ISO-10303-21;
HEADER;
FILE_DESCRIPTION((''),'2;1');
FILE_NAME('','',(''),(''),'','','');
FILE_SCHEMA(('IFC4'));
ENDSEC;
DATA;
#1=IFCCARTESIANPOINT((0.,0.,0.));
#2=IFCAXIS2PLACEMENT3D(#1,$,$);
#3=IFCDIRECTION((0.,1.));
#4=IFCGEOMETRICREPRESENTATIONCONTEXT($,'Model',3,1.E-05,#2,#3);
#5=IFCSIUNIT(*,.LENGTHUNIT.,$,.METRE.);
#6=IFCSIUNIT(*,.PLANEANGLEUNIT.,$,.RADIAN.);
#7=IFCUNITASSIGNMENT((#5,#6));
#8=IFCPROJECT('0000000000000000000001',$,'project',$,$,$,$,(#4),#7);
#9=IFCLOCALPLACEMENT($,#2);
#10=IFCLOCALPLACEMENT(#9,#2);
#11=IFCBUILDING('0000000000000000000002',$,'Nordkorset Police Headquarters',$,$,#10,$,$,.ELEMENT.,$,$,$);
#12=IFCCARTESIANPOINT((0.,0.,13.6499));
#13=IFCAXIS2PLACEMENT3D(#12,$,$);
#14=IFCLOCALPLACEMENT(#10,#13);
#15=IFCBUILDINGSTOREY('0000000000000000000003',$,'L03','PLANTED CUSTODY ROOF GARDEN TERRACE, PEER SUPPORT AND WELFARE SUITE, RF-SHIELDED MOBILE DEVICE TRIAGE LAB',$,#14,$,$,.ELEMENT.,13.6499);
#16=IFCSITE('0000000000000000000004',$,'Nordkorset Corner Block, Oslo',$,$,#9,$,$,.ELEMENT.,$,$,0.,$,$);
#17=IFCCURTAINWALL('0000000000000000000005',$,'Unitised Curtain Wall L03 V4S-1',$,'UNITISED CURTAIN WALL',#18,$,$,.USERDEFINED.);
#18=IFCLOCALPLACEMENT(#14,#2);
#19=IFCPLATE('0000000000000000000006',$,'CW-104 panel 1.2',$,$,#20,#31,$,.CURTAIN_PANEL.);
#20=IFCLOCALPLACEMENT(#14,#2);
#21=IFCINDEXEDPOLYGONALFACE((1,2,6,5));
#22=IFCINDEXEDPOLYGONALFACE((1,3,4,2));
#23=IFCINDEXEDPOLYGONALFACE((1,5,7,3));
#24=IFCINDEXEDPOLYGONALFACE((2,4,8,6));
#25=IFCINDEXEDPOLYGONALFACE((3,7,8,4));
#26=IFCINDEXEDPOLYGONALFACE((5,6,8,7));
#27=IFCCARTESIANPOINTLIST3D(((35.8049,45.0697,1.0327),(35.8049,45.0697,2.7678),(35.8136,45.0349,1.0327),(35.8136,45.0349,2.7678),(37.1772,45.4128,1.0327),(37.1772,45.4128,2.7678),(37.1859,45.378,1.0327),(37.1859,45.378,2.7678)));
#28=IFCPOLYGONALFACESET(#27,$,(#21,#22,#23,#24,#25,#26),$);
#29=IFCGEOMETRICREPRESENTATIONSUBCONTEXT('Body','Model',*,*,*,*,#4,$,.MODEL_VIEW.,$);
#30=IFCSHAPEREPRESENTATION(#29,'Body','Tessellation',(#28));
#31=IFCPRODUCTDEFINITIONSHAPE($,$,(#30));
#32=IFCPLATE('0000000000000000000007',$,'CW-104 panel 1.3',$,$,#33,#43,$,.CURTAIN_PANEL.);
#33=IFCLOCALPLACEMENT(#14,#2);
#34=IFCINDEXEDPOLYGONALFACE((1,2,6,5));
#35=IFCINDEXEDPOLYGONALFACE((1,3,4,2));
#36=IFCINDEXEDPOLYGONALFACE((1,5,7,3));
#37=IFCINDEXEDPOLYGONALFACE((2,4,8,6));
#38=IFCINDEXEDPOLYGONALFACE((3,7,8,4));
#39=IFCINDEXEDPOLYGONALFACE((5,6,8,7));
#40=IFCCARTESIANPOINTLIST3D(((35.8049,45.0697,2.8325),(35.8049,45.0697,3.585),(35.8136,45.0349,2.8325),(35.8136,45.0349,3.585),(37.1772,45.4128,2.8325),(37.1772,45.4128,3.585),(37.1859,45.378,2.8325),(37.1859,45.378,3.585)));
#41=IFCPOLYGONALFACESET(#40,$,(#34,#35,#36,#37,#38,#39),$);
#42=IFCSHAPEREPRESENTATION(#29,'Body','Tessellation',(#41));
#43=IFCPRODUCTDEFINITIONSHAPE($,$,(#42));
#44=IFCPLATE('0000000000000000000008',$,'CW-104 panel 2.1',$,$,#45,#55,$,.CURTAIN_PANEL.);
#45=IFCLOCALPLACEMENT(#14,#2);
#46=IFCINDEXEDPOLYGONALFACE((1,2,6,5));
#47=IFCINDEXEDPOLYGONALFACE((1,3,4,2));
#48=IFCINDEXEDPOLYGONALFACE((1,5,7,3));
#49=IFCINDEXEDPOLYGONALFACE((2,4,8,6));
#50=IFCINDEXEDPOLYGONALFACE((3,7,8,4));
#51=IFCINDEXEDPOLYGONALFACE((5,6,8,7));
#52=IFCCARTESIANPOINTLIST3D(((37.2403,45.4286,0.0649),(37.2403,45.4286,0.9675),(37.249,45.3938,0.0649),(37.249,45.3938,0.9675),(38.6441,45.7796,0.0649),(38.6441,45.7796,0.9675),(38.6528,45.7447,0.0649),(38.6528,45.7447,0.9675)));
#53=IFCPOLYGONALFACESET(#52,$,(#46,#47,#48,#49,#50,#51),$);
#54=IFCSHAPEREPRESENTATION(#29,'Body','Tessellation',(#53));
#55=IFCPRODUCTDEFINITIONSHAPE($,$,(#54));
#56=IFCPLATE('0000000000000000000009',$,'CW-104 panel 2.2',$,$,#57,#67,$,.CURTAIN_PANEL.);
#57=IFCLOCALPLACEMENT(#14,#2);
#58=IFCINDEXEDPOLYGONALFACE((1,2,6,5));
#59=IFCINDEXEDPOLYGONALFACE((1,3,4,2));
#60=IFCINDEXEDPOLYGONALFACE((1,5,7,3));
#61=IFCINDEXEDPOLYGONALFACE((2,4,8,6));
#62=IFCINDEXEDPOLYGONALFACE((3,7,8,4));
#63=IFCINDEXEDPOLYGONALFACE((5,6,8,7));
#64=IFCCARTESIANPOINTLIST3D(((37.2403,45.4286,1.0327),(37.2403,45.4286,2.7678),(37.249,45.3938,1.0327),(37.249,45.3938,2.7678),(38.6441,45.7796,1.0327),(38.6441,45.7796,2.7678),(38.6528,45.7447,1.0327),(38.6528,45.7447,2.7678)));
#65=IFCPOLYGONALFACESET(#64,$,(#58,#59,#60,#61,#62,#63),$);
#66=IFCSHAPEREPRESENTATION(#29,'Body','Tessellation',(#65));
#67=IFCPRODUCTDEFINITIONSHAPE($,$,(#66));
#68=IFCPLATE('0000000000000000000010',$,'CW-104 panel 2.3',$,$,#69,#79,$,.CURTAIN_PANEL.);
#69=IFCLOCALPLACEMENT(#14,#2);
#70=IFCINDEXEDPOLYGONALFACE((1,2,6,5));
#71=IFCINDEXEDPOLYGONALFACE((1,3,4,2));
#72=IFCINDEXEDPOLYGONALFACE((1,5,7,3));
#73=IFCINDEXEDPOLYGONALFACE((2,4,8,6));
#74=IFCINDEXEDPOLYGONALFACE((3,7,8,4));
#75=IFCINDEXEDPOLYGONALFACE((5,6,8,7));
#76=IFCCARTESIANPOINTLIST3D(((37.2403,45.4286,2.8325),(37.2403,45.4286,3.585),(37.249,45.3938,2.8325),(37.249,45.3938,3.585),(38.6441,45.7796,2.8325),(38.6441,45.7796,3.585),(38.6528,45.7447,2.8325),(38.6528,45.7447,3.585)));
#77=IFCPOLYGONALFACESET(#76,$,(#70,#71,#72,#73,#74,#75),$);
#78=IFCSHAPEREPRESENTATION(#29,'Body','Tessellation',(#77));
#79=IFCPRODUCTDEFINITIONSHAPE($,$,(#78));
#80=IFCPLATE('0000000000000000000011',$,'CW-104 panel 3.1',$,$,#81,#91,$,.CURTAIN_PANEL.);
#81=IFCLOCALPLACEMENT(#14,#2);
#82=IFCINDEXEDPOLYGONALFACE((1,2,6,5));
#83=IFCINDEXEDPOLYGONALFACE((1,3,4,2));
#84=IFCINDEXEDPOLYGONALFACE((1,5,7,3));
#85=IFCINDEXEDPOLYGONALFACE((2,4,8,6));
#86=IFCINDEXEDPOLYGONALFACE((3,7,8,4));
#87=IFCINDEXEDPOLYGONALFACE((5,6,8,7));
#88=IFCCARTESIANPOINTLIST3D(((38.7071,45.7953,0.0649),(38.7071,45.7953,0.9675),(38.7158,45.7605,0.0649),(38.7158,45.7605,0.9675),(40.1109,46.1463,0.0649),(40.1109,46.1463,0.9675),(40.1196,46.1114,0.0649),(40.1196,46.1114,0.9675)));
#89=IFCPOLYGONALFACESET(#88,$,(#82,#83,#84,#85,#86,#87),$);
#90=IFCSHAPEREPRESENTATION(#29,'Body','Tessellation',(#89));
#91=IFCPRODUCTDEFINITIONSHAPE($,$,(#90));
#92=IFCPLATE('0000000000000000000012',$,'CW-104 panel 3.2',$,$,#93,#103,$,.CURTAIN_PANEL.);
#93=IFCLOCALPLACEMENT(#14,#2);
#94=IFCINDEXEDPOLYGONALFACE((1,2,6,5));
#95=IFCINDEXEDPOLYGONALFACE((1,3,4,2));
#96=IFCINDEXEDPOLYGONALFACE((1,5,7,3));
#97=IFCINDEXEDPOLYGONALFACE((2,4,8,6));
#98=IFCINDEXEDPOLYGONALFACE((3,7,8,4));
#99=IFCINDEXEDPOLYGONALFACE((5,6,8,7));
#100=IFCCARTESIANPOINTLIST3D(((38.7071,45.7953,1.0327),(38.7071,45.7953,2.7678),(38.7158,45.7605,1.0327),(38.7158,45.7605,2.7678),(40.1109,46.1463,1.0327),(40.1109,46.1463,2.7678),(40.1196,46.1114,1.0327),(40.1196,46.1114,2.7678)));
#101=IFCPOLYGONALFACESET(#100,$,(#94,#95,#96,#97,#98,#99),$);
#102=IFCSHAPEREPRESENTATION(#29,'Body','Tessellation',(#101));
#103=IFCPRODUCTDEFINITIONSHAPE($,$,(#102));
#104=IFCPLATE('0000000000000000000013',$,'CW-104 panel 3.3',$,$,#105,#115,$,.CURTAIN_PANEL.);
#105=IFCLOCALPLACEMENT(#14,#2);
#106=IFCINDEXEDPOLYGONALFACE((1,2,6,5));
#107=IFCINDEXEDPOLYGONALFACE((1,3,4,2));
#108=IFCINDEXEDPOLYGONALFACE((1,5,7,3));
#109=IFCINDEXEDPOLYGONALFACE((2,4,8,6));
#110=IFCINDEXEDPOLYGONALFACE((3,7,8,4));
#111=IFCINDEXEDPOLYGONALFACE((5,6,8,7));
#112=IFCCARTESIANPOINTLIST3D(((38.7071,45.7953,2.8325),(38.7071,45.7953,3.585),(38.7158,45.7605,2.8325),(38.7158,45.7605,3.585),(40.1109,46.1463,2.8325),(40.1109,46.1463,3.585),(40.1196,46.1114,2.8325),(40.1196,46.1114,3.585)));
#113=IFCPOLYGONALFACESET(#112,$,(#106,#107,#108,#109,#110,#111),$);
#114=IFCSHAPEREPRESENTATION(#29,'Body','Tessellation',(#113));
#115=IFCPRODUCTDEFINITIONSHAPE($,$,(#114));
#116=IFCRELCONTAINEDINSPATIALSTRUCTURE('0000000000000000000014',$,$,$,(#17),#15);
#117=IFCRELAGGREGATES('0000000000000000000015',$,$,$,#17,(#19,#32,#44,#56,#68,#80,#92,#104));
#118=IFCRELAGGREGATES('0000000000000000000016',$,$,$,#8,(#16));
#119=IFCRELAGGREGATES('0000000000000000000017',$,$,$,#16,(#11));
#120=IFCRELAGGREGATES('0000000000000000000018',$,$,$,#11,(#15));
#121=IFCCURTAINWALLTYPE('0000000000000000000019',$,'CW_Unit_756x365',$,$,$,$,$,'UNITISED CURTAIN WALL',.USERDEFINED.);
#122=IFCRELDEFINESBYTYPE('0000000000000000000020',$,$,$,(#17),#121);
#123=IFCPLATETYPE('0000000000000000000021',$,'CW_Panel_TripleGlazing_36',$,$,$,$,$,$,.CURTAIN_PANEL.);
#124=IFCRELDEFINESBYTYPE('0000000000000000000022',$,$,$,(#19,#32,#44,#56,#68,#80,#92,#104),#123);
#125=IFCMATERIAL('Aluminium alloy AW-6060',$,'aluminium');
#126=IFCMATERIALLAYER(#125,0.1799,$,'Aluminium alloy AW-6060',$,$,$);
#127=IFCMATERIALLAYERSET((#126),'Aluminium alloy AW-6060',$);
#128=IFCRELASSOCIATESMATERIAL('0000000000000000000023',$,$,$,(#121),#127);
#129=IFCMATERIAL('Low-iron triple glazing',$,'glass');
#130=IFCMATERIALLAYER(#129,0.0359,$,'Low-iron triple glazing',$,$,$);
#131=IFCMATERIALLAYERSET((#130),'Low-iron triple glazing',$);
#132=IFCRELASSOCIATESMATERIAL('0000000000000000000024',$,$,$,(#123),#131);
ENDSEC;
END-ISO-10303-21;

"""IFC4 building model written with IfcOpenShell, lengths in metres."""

from ifc_helpers import new_model, si_unit, direction, frame, origin, origin_2d, place, context, subcontext, project, spatial, rectangle, extrude, material, layer, layer_set, type_object, element, aggregate, save


model = new_model("IFC4")

# Units and contexts
model_context = context("Model", 3, precision=1e-05, world=origin(), true_north=direction((0.0, 1.0)))
body_context = subcontext(model_context, "Body", "Model", "MODEL_VIEW")
ifc_project = project(units=[si_unit("LENGTHUNIT", "METRE"), si_unit("PLANEANGLEUNIT", "RADIAN")], contexts=[model_context])

# Site, building, storey
site_placement = place(None, origin())
site = spatial("IfcSite", under=ifc_project, at=site_placement, Name="Nordkorset Corner Block, Oslo", CompositionType="ELEMENT", RefElevation=0.0)
building_placement = place(site_placement, origin())
building = spatial("IfcBuilding", under=site, at=building_placement, Name="Nordkorset Police Headquarters", CompositionType="ELEMENT")
storey_placement = place(building_placement, frame((0.0, 0.0, 13.6499)))
storey = spatial("IfcBuildingStorey", under=building, at=storey_placement, Name="L03", Description="PLANTED CUSTODY ROOF GARDEN TERRACE, PEER SUPPORT AND WELFARE SUITE, RF-SHIELDED MOBILE DEVICE TRIAGE LAB", CompositionType="ELEMENT", Elevation=13.6499)

# Curtain wall, plates
ifc_material_1 = material(Name="Aluminium alloy AW-6060", Category="aluminium")
ifc_layer_1 = layer(ifc_material_1, 0.1799, Name="Aluminium alloy AW-6060")
ifc_layer_set_1 = layer_set([ifc_layer_1], Name="Aluminium alloy AW-6060")
curtain_wall_type = type_object("IfcCurtainWallType", Name="CW_Unit_756x365", ElementType="UNITISED CURTAIN WALL", PredefinedType="USERDEFINED", material=ifc_layer_set_1)
curtain_wall_placement = place(storey_placement, origin())
curtain_wall = element("IfcCurtainWall", 1, at=curtain_wall_placement, inside=storey, type_object=curtain_wall_type, Name="Unitised Curtain Wall L03 V4S-1", ObjectType="UNITISED CURTAIN WALL", PredefinedType="USERDEFINED")
ifc_material_2 = material(Name="Low-iron triple glazing", Category="glass")
ifc_layer_2 = layer(ifc_material_2, 0.0359, Name="Low-iron triple glazing")
ifc_layer_set_2 = layer_set([ifc_layer_2], Name="Low-iron triple glazing")
plate_type = type_object("IfcPlateType", Name="CW_Panel_TripleGlazing_36", PredefinedType="CURTAIN_PANEL", material=ifc_layer_set_2)
plate_1_placement = place(storey_placement, frame((36.4954, 45.2239, 1.0327), z_axis=(0.0, 0.0, 1.0), x_axis=(0.970143, 0.242536, 0.0)))
plate_1 = element("IfcPlate", 2, at=plate_1_placement, type_object=plate_type, Name="CW-104 panel 1.2", PredefinedType="CURTAIN_PANEL", context=body_context, shape_type="SweptSolid", body=[
    extrude(rectangle(XDim=1.4146, YDim=0.0359, at=origin_2d()), origin(), (0.0, 0.0, 1.0), 1.7351),
])
plate_2_placement = place(storey_placement, frame((36.4954, 45.2239, 2.8325), z_axis=(0.0, 0.0, 1.0), x_axis=(0.970143, 0.242536, 0.0)))
plate_2 = element("IfcPlate", 3, at=plate_2_placement, type_object=plate_type, Name="CW-104 panel 1.3", PredefinedType="CURTAIN_PANEL", context=body_context, shape_type="SweptSolid", body=[
    extrude(rectangle(XDim=1.4146, YDim=0.0359, at=origin_2d()), origin(), (0.0, 0.0, 1.0), 0.7524),
])
plate_3_placement = place(storey_placement, frame((37.9465, 45.5867, 0.0649), z_axis=(0.0, 0.0, 1.0), x_axis=(0.970143, 0.242536, 0.0)))
plate_3 = element("IfcPlate", 4, at=plate_3_placement, type_object=plate_type, Name="CW-104 panel 2.1", PredefinedType="CURTAIN_PANEL", context=body_context, shape_type="SweptSolid", body=[
    extrude(rectangle(XDim=1.447, YDim=0.0359, at=origin_2d()), origin(), (0.0, 0.0, 1.0), 0.9026),
])
plate_4_placement = place(storey_placement, frame((37.9465, 45.5867, 1.0327), z_axis=(0.0, 0.0, 1.0), x_axis=(0.970143, 0.242536, 0.0)))
plate_4 = element("IfcPlate", 5, at=plate_4_placement, type_object=plate_type, Name="CW-104 panel 2.2", PredefinedType="CURTAIN_PANEL", context=body_context, shape_type="SweptSolid", body=[
    extrude(rectangle(XDim=1.447, YDim=0.0359, at=origin_2d()), origin(), (0.0, 0.0, 1.0), 1.7351),
])
plate_5_placement = place(storey_placement, frame((37.9465, 45.5867, 2.8325), z_axis=(0.0, 0.0, 1.0), x_axis=(0.970143, 0.242536, 0.0)))
plate_5 = element("IfcPlate", 6, at=plate_5_placement, type_object=plate_type, Name="CW-104 panel 2.3", PredefinedType="CURTAIN_PANEL", context=body_context, shape_type="SweptSolid", body=[
    extrude(rectangle(XDim=1.447, YDim=0.0359, at=origin_2d()), origin(), (0.0, 0.0, 1.0), 0.7524),
])
plate_6_placement = place(storey_placement, frame((39.4133, 45.9534, 0.0649), z_axis=(0.0, 0.0, 1.0), x_axis=(0.970143, 0.242536, 0.0)))
plate_6 = element("IfcPlate", 7, at=plate_6_placement, type_object=plate_type, Name="CW-104 panel 3.1", PredefinedType="CURTAIN_PANEL", context=body_context, shape_type="SweptSolid", body=[
    extrude(rectangle(XDim=1.447, YDim=0.0359, at=origin_2d()), origin(), (0.0, 0.0, 1.0), 0.9026),
])
plate_7_placement = place(storey_placement, frame((39.4133, 45.9534, 1.0327), z_axis=(0.0, 0.0, 1.0), x_axis=(0.970143, 0.242536, 0.0)))
plate_7 = element("IfcPlate", 8, at=plate_7_placement, type_object=plate_type, Name="CW-104 panel 3.2", PredefinedType="CURTAIN_PANEL", context=body_context, shape_type="SweptSolid", body=[
    extrude(rectangle(XDim=1.447, YDim=0.0359, at=origin_2d()), origin(), (0.0, 0.0, 1.0), 1.7351),
])
plate_8_placement = place(storey_placement, frame((39.4133, 45.9534, 2.8325), z_axis=(0.0, 0.0, 1.0), x_axis=(0.970143, 0.242536, 0.0)))
plate_8 = element("IfcPlate", 9, at=plate_8_placement, type_object=plate_type, Name="CW-104 panel 3.3", PredefinedType="CURTAIN_PANEL", context=body_context, shape_type="SweptSolid", body=[
    extrude(rectangle(XDim=1.447, YDim=0.0359, at=origin_2d()), origin(), (0.0, 0.0, 1.0), 0.7524),
])
aggregate(curtain_wall, [plate_1, plate_2, plate_3, plate_4, plate_5, plate_6, plate_7, plate_8])

save(model, "model.ifc")
